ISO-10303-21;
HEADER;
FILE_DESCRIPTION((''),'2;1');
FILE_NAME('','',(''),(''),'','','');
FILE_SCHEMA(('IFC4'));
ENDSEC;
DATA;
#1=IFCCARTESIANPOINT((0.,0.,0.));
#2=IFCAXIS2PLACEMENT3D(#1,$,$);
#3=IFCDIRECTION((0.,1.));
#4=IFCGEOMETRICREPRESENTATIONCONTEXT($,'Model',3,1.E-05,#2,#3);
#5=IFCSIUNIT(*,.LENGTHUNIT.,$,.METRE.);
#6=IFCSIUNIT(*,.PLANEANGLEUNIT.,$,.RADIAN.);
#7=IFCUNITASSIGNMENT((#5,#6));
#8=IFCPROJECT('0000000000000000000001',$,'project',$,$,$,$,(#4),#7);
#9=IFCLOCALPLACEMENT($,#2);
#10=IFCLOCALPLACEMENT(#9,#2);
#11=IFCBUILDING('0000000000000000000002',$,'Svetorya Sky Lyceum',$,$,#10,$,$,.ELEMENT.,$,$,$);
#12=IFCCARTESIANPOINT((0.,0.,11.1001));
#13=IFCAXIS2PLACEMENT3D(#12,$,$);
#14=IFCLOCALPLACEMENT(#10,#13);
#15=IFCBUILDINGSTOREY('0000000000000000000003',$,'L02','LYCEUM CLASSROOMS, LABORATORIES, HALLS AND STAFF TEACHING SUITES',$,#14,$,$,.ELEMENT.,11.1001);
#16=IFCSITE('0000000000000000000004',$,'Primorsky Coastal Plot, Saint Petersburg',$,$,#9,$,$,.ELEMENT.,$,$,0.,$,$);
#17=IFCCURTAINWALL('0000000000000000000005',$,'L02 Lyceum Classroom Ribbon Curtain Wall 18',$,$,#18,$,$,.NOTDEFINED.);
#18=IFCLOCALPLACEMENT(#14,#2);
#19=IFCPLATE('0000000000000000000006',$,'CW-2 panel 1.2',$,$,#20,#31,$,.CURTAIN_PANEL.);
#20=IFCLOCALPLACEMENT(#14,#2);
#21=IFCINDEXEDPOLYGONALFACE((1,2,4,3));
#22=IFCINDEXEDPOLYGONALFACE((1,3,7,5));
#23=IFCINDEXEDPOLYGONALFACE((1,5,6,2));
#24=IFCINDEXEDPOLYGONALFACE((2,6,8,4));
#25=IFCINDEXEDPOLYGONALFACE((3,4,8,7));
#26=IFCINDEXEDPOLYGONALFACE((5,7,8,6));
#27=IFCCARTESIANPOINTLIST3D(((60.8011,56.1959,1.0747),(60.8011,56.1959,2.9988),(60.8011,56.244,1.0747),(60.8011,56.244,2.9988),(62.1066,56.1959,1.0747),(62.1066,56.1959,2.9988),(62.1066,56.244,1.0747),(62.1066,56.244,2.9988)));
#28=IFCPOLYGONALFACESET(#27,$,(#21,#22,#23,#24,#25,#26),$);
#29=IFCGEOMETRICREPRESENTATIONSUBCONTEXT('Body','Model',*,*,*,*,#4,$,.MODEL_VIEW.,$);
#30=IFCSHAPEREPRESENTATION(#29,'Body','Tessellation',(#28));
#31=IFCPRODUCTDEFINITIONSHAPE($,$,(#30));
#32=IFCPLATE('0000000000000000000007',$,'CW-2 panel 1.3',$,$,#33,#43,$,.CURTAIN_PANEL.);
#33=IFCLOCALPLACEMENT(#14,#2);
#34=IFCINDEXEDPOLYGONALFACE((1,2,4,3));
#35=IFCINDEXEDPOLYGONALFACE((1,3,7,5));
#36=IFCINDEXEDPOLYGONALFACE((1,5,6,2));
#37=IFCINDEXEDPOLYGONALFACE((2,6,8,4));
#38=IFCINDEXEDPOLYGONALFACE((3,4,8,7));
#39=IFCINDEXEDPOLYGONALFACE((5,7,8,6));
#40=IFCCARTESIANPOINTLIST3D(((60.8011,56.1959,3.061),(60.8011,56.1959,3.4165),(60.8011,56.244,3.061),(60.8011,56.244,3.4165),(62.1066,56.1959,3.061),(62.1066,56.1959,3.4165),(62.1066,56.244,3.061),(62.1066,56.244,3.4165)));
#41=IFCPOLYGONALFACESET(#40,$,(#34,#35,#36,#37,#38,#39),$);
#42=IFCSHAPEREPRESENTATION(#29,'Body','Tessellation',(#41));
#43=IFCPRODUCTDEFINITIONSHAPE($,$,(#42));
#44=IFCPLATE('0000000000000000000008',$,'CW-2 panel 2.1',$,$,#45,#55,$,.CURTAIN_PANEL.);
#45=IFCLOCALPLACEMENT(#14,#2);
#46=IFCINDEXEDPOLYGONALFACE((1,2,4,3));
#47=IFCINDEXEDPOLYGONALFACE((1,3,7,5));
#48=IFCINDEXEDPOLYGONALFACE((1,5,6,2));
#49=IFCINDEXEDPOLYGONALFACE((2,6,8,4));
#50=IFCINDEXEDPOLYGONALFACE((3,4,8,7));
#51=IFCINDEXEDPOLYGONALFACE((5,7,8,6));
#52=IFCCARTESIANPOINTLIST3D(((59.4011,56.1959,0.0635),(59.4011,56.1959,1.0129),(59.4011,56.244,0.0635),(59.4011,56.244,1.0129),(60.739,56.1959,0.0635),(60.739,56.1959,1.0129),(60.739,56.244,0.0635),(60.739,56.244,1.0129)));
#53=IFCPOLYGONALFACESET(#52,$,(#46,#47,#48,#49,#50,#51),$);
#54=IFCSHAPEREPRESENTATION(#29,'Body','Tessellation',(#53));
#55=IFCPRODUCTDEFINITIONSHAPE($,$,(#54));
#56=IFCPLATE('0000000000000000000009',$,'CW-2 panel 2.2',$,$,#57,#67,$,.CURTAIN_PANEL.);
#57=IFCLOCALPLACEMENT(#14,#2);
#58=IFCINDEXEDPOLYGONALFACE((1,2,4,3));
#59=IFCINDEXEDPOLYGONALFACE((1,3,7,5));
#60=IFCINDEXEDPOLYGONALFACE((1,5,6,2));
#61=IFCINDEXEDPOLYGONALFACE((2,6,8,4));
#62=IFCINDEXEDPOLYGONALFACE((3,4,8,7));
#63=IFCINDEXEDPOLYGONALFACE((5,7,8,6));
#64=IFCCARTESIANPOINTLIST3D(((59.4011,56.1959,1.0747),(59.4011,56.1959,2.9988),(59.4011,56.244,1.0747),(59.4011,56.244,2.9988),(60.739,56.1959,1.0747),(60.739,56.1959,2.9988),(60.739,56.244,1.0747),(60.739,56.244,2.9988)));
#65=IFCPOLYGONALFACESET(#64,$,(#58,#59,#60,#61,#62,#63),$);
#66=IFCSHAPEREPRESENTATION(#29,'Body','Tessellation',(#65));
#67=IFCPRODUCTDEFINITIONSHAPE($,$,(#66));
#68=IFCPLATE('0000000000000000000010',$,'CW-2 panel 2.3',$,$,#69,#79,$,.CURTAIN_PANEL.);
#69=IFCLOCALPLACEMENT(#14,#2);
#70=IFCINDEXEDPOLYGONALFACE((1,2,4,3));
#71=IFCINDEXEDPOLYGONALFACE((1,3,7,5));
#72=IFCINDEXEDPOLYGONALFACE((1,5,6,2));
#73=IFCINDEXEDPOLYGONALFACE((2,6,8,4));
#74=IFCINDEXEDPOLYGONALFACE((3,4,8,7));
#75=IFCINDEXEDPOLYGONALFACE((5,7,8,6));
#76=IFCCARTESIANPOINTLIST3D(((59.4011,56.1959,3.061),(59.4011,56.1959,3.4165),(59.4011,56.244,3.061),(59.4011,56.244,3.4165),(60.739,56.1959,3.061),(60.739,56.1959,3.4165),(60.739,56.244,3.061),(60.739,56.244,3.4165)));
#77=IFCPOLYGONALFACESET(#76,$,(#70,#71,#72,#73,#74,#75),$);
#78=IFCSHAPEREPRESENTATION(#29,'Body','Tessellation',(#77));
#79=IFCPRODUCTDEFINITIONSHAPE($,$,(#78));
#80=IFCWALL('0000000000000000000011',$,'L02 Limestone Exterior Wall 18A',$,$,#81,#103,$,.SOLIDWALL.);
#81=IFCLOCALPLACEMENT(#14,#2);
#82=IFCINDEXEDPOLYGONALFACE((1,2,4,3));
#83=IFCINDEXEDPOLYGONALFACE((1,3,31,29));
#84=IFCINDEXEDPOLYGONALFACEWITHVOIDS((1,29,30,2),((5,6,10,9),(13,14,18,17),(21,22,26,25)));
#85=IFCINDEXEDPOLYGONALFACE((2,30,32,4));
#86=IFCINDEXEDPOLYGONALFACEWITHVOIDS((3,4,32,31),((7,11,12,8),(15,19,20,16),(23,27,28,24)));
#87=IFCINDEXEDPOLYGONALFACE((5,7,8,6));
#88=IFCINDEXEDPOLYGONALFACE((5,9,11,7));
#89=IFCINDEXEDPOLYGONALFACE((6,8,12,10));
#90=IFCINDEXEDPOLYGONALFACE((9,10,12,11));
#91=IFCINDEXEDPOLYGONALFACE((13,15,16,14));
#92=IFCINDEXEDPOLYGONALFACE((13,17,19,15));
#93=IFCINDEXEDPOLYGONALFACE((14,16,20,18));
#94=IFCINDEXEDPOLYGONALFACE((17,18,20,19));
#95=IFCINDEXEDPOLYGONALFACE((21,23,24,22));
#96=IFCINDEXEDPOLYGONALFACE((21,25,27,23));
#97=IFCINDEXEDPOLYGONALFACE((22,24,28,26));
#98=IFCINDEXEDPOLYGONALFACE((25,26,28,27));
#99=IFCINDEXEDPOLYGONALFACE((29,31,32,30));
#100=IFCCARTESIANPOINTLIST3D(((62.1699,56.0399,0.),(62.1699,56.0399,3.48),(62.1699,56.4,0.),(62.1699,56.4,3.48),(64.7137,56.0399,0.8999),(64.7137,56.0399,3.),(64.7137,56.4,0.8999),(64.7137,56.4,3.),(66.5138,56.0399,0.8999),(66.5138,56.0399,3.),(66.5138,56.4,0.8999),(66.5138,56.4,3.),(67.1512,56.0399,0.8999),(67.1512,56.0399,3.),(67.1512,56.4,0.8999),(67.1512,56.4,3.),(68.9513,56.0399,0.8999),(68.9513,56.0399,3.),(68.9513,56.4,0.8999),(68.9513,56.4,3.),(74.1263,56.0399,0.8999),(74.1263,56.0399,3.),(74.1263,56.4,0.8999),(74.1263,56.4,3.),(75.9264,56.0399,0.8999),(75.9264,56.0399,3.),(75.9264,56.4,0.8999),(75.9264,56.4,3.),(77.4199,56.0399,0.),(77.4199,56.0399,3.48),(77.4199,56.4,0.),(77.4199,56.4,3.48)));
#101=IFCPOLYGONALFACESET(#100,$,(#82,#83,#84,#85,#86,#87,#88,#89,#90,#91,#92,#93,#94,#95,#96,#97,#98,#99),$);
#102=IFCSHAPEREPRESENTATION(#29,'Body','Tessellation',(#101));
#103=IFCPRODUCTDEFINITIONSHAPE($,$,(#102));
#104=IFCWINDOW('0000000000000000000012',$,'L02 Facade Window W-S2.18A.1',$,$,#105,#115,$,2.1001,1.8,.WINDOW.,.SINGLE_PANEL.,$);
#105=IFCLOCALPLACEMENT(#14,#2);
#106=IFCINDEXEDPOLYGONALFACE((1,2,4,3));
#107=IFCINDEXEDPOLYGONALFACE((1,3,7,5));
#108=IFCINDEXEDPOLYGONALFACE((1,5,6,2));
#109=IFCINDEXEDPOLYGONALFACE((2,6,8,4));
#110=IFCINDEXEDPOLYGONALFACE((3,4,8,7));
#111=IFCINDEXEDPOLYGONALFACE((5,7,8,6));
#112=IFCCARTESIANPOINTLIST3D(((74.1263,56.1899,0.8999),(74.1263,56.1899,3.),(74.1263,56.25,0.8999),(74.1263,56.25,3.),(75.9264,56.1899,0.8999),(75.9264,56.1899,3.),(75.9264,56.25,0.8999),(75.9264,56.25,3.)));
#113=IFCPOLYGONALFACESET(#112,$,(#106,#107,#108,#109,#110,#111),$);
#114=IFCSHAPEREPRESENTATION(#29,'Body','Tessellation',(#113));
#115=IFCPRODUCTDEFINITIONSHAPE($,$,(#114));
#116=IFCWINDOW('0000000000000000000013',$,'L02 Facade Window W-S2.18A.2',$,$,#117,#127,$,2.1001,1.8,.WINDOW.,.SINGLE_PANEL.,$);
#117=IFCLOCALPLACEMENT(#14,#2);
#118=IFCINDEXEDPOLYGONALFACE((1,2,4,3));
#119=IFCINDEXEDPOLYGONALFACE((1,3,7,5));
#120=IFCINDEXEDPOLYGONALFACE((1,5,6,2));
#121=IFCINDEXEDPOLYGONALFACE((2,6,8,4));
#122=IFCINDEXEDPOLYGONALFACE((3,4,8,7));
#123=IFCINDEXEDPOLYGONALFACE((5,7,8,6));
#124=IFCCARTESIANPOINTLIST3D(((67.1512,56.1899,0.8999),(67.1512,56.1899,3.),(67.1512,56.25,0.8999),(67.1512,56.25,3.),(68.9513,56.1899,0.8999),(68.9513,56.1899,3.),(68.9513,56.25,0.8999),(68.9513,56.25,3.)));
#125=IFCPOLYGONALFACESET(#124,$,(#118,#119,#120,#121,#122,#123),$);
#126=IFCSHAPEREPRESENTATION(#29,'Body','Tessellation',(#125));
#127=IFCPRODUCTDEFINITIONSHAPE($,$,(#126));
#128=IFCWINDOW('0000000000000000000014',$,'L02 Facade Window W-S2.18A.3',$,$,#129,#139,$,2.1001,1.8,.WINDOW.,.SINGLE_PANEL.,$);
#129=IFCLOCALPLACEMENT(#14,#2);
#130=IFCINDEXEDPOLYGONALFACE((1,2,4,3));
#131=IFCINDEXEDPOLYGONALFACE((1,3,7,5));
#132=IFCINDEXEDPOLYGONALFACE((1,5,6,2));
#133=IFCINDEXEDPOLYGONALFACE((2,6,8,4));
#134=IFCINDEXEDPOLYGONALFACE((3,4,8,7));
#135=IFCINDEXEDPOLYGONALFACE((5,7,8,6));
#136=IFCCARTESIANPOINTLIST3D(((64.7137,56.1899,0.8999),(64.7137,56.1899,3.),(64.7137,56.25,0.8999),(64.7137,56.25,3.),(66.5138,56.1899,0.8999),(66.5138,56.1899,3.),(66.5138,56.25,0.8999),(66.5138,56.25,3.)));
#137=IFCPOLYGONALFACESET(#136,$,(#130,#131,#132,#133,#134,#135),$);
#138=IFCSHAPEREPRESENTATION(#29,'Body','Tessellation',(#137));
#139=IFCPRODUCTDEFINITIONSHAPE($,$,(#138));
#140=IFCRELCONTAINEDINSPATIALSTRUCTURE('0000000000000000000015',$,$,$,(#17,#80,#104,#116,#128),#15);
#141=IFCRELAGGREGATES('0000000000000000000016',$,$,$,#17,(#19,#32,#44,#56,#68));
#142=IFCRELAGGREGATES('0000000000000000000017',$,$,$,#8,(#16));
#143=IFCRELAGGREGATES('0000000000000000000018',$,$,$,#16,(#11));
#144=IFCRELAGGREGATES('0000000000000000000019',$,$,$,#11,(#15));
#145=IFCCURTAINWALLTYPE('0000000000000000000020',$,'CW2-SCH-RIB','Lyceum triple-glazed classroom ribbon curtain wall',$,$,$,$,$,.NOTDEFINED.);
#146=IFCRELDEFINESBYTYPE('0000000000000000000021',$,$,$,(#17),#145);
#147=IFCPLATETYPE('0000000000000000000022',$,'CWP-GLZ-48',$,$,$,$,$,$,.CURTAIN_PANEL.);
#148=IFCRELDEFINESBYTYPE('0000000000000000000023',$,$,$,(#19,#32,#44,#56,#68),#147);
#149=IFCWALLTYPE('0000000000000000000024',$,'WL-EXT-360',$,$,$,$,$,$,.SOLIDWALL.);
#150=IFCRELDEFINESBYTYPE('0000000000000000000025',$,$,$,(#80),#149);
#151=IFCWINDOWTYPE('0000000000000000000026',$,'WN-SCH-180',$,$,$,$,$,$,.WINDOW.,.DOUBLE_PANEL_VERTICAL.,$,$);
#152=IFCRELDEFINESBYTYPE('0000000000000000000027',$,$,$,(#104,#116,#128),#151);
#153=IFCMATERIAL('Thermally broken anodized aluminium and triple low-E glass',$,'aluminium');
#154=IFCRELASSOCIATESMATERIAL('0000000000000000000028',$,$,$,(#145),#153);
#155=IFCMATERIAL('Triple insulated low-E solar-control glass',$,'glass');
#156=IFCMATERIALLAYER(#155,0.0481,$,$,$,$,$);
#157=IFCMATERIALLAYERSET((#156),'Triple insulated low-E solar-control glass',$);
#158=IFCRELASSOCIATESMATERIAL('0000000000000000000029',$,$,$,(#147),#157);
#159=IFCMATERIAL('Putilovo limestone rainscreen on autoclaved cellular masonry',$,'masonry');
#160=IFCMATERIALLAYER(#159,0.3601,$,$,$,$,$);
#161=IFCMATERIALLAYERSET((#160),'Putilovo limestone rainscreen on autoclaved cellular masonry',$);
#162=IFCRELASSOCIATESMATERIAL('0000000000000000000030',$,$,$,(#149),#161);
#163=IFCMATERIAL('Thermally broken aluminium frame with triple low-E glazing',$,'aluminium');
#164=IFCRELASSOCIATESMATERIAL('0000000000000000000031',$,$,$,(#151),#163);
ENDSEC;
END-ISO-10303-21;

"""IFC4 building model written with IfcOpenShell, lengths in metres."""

from ifc_helpers import new_model, si_unit, direction, frame, frame_2d, origin, origin_2d, place, context, subcontext, project, spatial, rectangle, extrude, material, layer, layer_set, type_object, element, fill, aggregate, save


model = new_model("IFC4")

# Units and contexts
model_context = context("Model", 3, precision=1e-05, world=origin(), true_north=direction((0.0, 1.0)))
body_context = subcontext(model_context, "Body", "Model", "MODEL_VIEW")
ifc_project = project(units=[si_unit("LENGTHUNIT", "METRE"), si_unit("PLANEANGLEUNIT", "RADIAN")], contexts=[model_context])

# Site, building, storey
site_placement = place(None, origin())
site = spatial("IfcSite", under=ifc_project, at=site_placement, Name="Primorsky Coastal Plot, Saint Petersburg", CompositionType="ELEMENT", RefElevation=0.0)
building_placement = place(site_placement, origin())
building = spatial("IfcBuilding", under=site, at=building_placement, Name="Svetorya Sky Lyceum", CompositionType="ELEMENT")
storey_placement = place(building_placement, frame((0.0, 0.0, 11.1001)))
storey = spatial("IfcBuildingStorey", under=building, at=storey_placement, Name="L02", Description="LYCEUM CLASSROOMS, LABORATORIES, HALLS AND STAFF TEACHING SUITES", CompositionType="ELEMENT", Elevation=11.1001)

# Curtain wall, plates
ifc_material_1 = material(Name="Thermally broken anodized aluminium and triple low-E glass", Category="aluminium")
curtain_wall_type = type_object("IfcCurtainWallType", Name="CW2-SCH-RIB", Description="Lyceum triple-glazed classroom ribbon curtain wall", PredefinedType="NOTDEFINED", material=ifc_material_1)
curtain_wall_placement = place(storey_placement, origin())
curtain_wall = element("IfcCurtainWall", 1, at=curtain_wall_placement, inside=storey, type_object=curtain_wall_type, Name="L02 Lyceum Classroom Ribbon Curtain Wall 18", PredefinedType="NOTDEFINED")
ifc_material_2 = material(Name="Triple insulated low-E solar-control glass", Category="glass")
ifc_layer_1 = layer(ifc_material_2, 0.0481)
ifc_layer_set_1 = layer_set([ifc_layer_1], Name="Triple insulated low-E solar-control glass")
plate_type = type_object("IfcPlateType", Name="CWP-GLZ-48", PredefinedType="CURTAIN_PANEL", material=ifc_layer_set_1)
plate_1_placement = place(storey_placement, frame((61.4539, 56.22, 1.0747), z_axis=(0.0, 0.0, 1.0), x_axis=(-1.0, 0.0, 0.0)))
plate_1 = element("IfcPlate", 2, at=plate_1_placement, type_object=plate_type, Name="CW-2 panel 1.2", PredefinedType="CURTAIN_PANEL", context=body_context, shape_type="SweptSolid", body=[
    extrude(rectangle(XDim=1.3054, YDim=0.0481, at=origin_2d()), origin(), (0.0, 0.0, 1.0), 1.9241),
])
plate_2_placement = place(storey_placement, frame((61.4539, 56.22, 3.061), z_axis=(0.0, 0.0, 1.0), x_axis=(-1.0, 0.0, 0.0)))
plate_2 = element("IfcPlate", 3, at=plate_2_placement, type_object=plate_type, Name="CW-2 panel 1.3", PredefinedType="CURTAIN_PANEL", context=body_context, shape_type="SweptSolid", body=[
    extrude(rectangle(XDim=1.3054, YDim=0.0481, at=origin_2d()), origin(), (0.0, 0.0, 1.0), 0.3555),
])
plate_3_placement = place(storey_placement, frame((60.0701, 56.22, 0.0635), z_axis=(0.0, 0.0, 1.0), x_axis=(-1.0, 0.0, 0.0)))
plate_3 = element("IfcPlate", 4, at=plate_3_placement, type_object=plate_type, Name="CW-2 panel 2.1", PredefinedType="CURTAIN_PANEL", context=body_context, shape_type="SweptSolid", body=[
    extrude(rectangle(XDim=1.3379, YDim=0.0481, at=origin_2d()), origin(), (0.0, 0.0, 1.0), 0.9495),
])
plate_4_placement = place(storey_placement, frame((60.0701, 56.22, 1.0747), z_axis=(0.0, 0.0, 1.0), x_axis=(-1.0, 0.0, 0.0)))
plate_4 = element("IfcPlate", 5, at=plate_4_placement, type_object=plate_type, Name="CW-2 panel 2.2", PredefinedType="CURTAIN_PANEL", context=body_context, shape_type="SweptSolid", body=[
    extrude(rectangle(XDim=1.3379, YDim=0.0481, at=origin_2d()), origin(), (0.0, 0.0, 1.0), 1.9241),
])
plate_5_placement = place(storey_placement, frame((60.0701, 56.22, 3.061), z_axis=(0.0, 0.0, 1.0), x_axis=(-1.0, 0.0, 0.0)))
plate_5 = element("IfcPlate", 6, at=plate_5_placement, type_object=plate_type, Name="CW-2 panel 2.3", PredefinedType="CURTAIN_PANEL", context=body_context, shape_type="SweptSolid", body=[
    extrude(rectangle(XDim=1.3379, YDim=0.0481, at=origin_2d()), origin(), (0.0, 0.0, 1.0), 0.3555),
])
aggregate(curtain_wall, [plate_1, plate_2, plate_3, plate_4, plate_5])

# Wall, openings, windows
ifc_material_3 = material(Name="Putilovo limestone rainscreen on autoclaved cellular masonry", Category="masonry")
ifc_layer_2 = layer(ifc_material_3, 0.3601)
ifc_layer_set_2 = layer_set([ifc_layer_2], Name="Putilovo limestone rainscreen on autoclaved cellular masonry")
wall_type = type_object("IfcWallType", Name="WL-EXT-360", PredefinedType="SOLIDWALL", material=ifc_layer_set_2)
wall_placement = place(storey_placement, frame((77.4199, 56.22, 0.0), z_axis=(0.0, 0.0, 1.0), x_axis=(-1.0, 0.0, 0.0)))
wall = element("IfcWall", 7, at=wall_placement, inside=storey, type_object=wall_type, Name="L02 Limestone Exterior Wall 18A", PredefinedType="SOLIDWALL", context=body_context, shape_type="SweptSolid", body=[
    extrude(rectangle(XDim=15.25, YDim=0.3601, at=frame_2d((7.625, 0.0))), origin(), (0.0, 0.0, 1.0), 3.48),
])
opening_1_placement = place(wall_placement, frame((1.4937, 0.0, 0.8999)))
opening_1 = element("IfcOpeningElement", 8, at=opening_1_placement, cuts=wall, PredefinedType="OPENING", context=body_context, shape_type="SweptSolid", body=[
    extrude(rectangle(XDim=1.8, YDim=2.1001, at=frame_2d((0.8999, 1.05))), frame((0.0, 0.1899, 0.0), z_axis=(0.0, -1.0, 0.0), x_axis=(1.0, 0.0, 0.0)), (0.0, 0.0, 1.0), 0.3801),
])
opening_2_placement = place(wall_placement, frame((8.4688, 0.0, 0.8999)))
opening_2 = element("IfcOpeningElement", 9, at=opening_2_placement, cuts=wall, PredefinedType="OPENING", context=body_context, shape_type="SweptSolid", body=[
    extrude(rectangle(XDim=1.8, YDim=2.1001, at=frame_2d((0.8999, 1.05))), frame((0.0, 0.1899, 0.0), z_axis=(0.0, -1.0, 0.0), x_axis=(1.0, 0.0, 0.0)), (0.0, 0.0, 1.0), 0.3801),
])
opening_3_placement = place(wall_placement, frame((10.9062, 0.0, 0.8999)))
opening_3 = element("IfcOpeningElement", 10, at=opening_3_placement, cuts=wall, PredefinedType="OPENING", context=body_context, shape_type="SweptSolid", body=[
    extrude(rectangle(XDim=1.8, YDim=2.1001, at=frame_2d((0.8999, 1.05))), frame((0.0, 0.1899, 0.0), z_axis=(0.0, -1.0, 0.0), x_axis=(1.0, 0.0, 0.0)), (0.0, 0.0, 1.0), 0.3801),
])
ifc_material_4 = material(Name="Thermally broken aluminium frame with triple low-E glazing", Category="aluminium")
window_type = type_object("IfcWindowType", Name="WN-SCH-180", PartitioningType="DOUBLE_PANEL_VERTICAL", PredefinedType="WINDOW", material=ifc_material_4)
window_1_placement = place(opening_1_placement, origin())
window_1 = element("IfcWindow", 11, at=window_1_placement, inside=storey, type_object=window_type, Name="L02 Facade Window W-S2.18A.1", OverallHeight=2.1001, OverallWidth=1.8, PartitioningType="SINGLE_PANEL", PredefinedType="WINDOW", context=body_context, shape_type="SweptSolid", body=[
    extrude(rectangle(XDim=1.8, YDim=2.1001, at=frame_2d((0.8999, 1.05))), frame((0.0, 0.03, 0.0), z_axis=(0.0, -1.0, 0.0), x_axis=(1.0, 0.0, 0.0)), (0.0, 0.0, 1.0), 0.0601),
])
fill(opening_1, window_1)
window_2_placement = place(opening_2_placement, origin())
window_2 = element("IfcWindow", 12, at=window_2_placement, inside=storey, type_object=window_type, Name="L02 Facade Window W-S2.18A.2", OverallHeight=2.1001, OverallWidth=1.8, PartitioningType="SINGLE_PANEL", PredefinedType="WINDOW", context=body_context, shape_type="SweptSolid", body=[
    extrude(rectangle(XDim=1.8, YDim=2.1001, at=frame_2d((0.8999, 1.05))), frame((0.0, 0.03, 0.0), z_axis=(0.0, -1.0, 0.0), x_axis=(1.0, 0.0, 0.0)), (0.0, 0.0, 1.0), 0.0601),
])
fill(opening_2, window_2)
window_3_placement = place(opening_3_placement, origin())
window_3 = element("IfcWindow", 13, at=window_3_placement, inside=storey, type_object=window_type, Name="L02 Facade Window W-S2.18A.3", OverallHeight=2.1001, OverallWidth=1.8, PartitioningType="SINGLE_PANEL", PredefinedType="WINDOW", context=body_context, shape_type="SweptSolid", body=[
    extrude(rectangle(XDim=1.8, YDim=2.1001, at=frame_2d((0.8999, 1.05))), frame((0.0, 0.03, 0.0), z_axis=(0.0, -1.0, 0.0), x_axis=(1.0, 0.0, 0.0)), (0.0, 0.0, 1.0), 0.0601),
])
fill(opening_3, window_3)

save(model, "model.ifc")
